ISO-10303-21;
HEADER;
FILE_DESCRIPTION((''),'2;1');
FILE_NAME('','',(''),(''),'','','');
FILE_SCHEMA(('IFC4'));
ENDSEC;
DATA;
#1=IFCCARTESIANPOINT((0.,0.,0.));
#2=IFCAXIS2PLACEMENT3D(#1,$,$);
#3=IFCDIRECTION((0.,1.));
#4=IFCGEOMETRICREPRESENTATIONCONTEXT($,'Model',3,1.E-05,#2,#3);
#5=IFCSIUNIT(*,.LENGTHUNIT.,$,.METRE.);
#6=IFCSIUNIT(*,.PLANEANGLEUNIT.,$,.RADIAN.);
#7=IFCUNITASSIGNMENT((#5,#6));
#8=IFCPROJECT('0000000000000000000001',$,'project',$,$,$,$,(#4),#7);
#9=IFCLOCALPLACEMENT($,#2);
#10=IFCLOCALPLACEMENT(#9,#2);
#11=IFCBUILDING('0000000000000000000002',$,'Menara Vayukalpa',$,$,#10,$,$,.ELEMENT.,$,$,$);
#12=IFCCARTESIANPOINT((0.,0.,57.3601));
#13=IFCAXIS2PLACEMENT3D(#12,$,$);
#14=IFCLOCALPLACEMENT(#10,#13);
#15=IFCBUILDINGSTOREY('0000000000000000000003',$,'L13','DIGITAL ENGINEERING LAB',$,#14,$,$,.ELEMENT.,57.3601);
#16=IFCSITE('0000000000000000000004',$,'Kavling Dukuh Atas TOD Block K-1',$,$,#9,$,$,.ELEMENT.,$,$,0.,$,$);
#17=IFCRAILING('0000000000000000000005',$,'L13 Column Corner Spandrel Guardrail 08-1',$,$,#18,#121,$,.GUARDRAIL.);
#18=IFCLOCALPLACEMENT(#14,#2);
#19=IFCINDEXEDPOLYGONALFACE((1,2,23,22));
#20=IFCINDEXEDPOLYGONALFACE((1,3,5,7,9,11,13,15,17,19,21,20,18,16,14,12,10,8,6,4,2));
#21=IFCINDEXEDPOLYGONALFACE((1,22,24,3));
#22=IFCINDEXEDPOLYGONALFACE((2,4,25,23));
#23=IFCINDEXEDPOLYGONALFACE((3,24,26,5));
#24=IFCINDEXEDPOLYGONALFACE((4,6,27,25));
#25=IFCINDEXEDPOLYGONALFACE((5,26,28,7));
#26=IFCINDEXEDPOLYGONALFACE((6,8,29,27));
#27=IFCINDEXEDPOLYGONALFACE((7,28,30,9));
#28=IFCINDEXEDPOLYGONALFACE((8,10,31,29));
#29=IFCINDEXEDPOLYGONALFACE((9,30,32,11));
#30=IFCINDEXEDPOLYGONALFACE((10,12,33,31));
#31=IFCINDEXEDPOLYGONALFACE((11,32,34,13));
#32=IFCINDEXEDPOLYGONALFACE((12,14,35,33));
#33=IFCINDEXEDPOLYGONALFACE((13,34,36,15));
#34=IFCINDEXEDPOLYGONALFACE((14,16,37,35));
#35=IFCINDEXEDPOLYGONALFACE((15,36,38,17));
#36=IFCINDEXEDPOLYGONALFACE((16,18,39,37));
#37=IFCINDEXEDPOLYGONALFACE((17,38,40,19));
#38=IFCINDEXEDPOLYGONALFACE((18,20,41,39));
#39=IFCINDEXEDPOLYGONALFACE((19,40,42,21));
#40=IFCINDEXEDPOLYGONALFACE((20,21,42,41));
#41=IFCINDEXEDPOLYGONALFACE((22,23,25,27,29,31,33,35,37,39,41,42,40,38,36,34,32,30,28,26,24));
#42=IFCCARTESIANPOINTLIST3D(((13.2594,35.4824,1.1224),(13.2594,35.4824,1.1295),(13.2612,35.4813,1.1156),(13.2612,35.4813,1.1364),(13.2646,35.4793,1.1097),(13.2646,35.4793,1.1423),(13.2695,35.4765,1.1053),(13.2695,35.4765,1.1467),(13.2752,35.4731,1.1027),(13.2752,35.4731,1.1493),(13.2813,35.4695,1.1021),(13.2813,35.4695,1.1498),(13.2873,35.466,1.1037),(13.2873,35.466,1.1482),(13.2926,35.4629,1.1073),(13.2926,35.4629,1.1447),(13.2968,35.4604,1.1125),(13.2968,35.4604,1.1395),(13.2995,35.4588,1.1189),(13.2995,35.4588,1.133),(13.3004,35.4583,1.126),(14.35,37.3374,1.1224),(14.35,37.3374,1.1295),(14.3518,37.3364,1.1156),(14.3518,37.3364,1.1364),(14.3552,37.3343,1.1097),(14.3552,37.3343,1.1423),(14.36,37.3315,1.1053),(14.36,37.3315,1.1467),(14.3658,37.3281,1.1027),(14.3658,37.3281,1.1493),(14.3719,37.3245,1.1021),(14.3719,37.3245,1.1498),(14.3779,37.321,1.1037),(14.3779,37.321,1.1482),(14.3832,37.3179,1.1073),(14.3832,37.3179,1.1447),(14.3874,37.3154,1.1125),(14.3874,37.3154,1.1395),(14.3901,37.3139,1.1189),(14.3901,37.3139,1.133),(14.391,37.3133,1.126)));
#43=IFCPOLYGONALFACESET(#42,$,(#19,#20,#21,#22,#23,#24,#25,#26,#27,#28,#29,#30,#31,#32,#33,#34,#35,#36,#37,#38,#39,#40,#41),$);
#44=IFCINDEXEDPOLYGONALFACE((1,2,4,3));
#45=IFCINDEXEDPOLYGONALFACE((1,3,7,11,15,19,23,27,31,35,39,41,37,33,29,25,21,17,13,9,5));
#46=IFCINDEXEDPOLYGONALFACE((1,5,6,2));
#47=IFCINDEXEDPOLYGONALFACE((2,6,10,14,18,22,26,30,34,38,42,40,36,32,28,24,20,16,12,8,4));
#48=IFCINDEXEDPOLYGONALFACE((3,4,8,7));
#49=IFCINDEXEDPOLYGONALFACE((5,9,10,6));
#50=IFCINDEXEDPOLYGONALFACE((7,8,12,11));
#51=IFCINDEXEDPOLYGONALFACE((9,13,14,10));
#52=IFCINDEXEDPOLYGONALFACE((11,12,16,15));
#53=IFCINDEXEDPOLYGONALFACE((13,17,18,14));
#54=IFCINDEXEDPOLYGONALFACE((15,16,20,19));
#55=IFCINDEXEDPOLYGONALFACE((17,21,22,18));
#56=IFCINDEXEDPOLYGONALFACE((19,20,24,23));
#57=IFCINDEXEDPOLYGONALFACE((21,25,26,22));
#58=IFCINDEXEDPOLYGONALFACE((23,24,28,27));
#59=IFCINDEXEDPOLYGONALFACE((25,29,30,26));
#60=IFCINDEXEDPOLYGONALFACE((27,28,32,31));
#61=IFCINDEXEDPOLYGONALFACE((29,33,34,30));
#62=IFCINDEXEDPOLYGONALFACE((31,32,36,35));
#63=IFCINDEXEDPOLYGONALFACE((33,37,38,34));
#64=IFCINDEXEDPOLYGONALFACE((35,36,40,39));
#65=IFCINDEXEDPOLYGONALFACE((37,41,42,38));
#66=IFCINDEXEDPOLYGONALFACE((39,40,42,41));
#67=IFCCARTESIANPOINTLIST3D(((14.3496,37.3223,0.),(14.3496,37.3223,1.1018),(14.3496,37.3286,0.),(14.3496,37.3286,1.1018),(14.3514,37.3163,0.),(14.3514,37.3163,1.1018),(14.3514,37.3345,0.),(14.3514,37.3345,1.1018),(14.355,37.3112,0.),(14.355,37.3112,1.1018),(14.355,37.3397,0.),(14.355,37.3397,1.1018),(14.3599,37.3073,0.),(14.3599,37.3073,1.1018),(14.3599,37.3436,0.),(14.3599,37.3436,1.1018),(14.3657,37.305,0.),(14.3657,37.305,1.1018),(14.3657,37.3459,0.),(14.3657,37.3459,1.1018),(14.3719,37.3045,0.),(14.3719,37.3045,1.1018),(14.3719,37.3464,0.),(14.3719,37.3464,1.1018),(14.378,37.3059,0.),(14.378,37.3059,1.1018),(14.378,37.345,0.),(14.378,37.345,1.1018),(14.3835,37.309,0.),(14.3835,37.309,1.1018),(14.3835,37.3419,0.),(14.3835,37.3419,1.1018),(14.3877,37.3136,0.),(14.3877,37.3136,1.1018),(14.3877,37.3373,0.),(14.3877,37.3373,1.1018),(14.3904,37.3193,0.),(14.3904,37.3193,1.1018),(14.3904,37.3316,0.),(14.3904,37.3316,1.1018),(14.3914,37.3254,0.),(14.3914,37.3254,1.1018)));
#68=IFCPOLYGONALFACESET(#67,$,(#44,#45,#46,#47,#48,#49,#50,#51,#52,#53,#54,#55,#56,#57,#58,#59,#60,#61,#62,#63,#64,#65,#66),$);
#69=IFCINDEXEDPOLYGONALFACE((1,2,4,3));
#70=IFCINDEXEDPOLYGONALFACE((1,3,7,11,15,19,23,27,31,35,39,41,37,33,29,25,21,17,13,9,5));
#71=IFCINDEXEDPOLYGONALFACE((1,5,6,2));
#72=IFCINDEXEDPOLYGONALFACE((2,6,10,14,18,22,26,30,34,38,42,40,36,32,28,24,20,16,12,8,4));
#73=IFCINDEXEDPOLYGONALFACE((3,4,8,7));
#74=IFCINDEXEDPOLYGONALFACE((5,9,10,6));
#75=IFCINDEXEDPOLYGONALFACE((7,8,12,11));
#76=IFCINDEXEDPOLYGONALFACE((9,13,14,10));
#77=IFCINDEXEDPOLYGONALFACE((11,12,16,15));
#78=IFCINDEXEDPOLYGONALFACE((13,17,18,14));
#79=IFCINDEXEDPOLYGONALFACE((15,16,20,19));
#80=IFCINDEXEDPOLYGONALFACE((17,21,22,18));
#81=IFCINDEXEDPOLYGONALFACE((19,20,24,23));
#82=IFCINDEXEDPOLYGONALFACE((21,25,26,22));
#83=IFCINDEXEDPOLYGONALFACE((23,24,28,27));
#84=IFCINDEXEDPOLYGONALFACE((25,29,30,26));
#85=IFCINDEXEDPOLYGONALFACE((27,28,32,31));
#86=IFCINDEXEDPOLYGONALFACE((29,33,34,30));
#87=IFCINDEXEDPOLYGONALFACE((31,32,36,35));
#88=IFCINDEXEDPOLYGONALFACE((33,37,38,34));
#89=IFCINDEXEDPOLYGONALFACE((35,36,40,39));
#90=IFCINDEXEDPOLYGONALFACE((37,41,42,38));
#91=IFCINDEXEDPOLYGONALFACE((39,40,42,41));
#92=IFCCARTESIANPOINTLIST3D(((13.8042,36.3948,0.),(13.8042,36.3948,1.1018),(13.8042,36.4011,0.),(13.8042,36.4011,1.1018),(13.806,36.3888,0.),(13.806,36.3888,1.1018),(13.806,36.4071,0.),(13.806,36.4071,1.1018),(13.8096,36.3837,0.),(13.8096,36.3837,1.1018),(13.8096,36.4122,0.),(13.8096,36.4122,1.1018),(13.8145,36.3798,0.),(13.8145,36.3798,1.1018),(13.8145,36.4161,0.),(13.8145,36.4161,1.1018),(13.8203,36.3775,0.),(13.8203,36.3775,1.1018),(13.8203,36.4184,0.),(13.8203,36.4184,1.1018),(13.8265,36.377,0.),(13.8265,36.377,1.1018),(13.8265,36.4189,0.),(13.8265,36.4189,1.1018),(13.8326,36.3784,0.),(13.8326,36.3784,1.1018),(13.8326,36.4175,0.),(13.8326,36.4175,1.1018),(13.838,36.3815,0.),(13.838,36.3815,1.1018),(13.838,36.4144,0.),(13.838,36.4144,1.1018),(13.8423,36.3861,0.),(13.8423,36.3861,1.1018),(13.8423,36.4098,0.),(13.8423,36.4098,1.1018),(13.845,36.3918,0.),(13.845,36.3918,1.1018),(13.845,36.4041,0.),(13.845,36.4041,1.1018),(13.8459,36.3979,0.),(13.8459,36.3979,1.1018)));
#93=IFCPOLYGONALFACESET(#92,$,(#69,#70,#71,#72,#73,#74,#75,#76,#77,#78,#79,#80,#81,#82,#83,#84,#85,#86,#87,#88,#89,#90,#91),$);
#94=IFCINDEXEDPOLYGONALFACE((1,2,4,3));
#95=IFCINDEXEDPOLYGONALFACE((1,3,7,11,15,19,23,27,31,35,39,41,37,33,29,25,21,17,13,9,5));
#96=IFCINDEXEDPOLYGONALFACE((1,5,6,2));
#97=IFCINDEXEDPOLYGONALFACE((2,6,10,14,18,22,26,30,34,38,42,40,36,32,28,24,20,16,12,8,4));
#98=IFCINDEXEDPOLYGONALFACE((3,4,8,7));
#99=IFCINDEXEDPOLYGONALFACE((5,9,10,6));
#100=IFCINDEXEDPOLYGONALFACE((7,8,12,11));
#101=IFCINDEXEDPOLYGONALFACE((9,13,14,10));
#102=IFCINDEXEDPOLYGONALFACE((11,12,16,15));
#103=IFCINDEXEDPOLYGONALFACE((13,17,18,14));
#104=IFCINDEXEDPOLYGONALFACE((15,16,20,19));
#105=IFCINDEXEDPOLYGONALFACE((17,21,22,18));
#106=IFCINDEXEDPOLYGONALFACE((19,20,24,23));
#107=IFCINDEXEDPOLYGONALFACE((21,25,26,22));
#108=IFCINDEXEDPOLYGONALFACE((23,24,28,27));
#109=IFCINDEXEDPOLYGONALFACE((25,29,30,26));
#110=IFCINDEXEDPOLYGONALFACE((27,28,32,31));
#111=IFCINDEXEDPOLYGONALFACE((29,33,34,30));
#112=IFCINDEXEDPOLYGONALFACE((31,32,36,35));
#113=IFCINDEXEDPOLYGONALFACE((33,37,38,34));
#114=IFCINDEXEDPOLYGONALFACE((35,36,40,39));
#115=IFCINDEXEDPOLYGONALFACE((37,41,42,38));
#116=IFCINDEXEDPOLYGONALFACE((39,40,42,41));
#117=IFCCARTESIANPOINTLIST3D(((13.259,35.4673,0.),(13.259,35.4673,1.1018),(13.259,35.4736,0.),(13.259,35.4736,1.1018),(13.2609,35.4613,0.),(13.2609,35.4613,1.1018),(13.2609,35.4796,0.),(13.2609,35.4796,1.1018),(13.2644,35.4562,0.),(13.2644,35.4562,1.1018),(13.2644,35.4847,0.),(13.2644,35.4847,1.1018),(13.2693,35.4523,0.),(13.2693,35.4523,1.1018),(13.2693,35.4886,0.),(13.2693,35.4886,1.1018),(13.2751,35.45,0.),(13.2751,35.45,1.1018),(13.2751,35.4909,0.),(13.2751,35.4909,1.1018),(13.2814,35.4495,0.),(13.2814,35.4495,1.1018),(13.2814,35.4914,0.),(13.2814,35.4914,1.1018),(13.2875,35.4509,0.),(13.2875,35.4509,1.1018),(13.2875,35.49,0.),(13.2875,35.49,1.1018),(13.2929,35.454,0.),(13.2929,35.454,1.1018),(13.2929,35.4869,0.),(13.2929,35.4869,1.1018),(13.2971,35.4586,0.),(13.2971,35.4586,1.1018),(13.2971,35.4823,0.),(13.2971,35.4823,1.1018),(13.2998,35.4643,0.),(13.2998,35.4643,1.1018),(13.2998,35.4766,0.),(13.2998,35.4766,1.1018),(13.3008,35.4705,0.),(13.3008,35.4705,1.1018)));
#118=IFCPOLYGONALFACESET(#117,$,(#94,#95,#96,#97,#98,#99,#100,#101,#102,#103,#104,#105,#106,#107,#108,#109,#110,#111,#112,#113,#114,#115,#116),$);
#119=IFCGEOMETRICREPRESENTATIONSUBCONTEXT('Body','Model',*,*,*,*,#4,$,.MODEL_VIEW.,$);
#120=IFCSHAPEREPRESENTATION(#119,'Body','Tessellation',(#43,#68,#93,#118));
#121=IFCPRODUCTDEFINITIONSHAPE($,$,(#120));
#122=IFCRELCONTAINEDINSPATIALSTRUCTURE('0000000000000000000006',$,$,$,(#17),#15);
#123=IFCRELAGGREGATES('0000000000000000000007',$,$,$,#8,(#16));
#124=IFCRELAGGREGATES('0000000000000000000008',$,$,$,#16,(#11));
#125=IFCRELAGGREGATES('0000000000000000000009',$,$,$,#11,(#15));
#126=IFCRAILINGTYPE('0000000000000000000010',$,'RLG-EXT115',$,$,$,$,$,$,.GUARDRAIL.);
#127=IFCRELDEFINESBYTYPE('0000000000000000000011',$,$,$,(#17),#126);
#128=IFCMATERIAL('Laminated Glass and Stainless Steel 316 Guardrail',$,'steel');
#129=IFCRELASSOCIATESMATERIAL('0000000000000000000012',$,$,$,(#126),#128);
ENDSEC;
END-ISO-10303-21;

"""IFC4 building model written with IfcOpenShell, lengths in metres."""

from ifc_helpers import new_model, si_unit, direction, frame, origin, origin_2d, place, context, subcontext, project, spatial, circle, extrude, material, type_object, element, save


model = new_model("IFC4")

# Units and contexts
model_context = context("Model", 3, precision=1e-05, world=origin(), true_north=direction((0.0, 1.0)))
body_context = subcontext(model_context, "Body", "Model", "MODEL_VIEW")
ifc_project = project(units=[si_unit("LENGTHUNIT", "METRE"), si_unit("PLANEANGLEUNIT", "RADIAN")], contexts=[model_context])

# Site, building, storey
site_placement = place(None, origin())
site = spatial("IfcSite", under=ifc_project, at=site_placement, Name="Kavling Dukuh Atas TOD Block K-1", CompositionType="ELEMENT", RefElevation=0.0)
building_placement = place(site_placement, origin())
building = spatial("IfcBuilding", under=site, at=building_placement, Name="Menara Vayukalpa", CompositionType="ELEMENT")
storey_placement = place(building_placement, frame((0.0, 0.0, 57.3601)))
storey = spatial("IfcBuildingStorey", under=building, at=storey_placement, Name="L13", Description="DIGITAL ENGINEERING LAB", CompositionType="ELEMENT", Elevation=57.3601)

# Railing
ifc_material_1 = material(Name="Laminated Glass and Stainless Steel 316 Guardrail", Category="steel")
railing_type = type_object("IfcRailingType", Name="RLG-EXT115", PredefinedType="GUARDRAIL", material=ifc_material_1)
railing_1_placement = place(storey_placement, frame((14.3704, 37.3254, 0.0)))
element("IfcRailing", 1, at=railing_1_placement, inside=storey, type_object=railing_type, Name="L13 Column Corner Spandrel Guardrail 08-1", PredefinedType="GUARDRAIL", context=body_context, shape_type="SweptSolid", body=[
    extrude(circle(Radius=0.0239, at=origin_2d()), frame((0.0, 0.0, 1.126), z_axis=(-0.506817, -0.862054, 0.0), x_axis=(0.862054, -0.506817, 0.0)), (0.0, 0.0, 1.0), 2.1519),
    extrude(circle(Radius=0.021, at=origin_2d()), origin(), (0.0, 0.0, 1.0), 1.1018),
    extrude(circle(Radius=0.021, at=origin_2d()), frame((-0.5454, -0.9275, 0.0)), (0.0, 0.0, 1.0), 1.1018),
    extrude(circle(Radius=0.021, at=origin_2d()), frame((-1.0906, -1.855, 0.0)), (0.0, 0.0, 1.0), 1.1018),
])

save(model, "model.ifc")
